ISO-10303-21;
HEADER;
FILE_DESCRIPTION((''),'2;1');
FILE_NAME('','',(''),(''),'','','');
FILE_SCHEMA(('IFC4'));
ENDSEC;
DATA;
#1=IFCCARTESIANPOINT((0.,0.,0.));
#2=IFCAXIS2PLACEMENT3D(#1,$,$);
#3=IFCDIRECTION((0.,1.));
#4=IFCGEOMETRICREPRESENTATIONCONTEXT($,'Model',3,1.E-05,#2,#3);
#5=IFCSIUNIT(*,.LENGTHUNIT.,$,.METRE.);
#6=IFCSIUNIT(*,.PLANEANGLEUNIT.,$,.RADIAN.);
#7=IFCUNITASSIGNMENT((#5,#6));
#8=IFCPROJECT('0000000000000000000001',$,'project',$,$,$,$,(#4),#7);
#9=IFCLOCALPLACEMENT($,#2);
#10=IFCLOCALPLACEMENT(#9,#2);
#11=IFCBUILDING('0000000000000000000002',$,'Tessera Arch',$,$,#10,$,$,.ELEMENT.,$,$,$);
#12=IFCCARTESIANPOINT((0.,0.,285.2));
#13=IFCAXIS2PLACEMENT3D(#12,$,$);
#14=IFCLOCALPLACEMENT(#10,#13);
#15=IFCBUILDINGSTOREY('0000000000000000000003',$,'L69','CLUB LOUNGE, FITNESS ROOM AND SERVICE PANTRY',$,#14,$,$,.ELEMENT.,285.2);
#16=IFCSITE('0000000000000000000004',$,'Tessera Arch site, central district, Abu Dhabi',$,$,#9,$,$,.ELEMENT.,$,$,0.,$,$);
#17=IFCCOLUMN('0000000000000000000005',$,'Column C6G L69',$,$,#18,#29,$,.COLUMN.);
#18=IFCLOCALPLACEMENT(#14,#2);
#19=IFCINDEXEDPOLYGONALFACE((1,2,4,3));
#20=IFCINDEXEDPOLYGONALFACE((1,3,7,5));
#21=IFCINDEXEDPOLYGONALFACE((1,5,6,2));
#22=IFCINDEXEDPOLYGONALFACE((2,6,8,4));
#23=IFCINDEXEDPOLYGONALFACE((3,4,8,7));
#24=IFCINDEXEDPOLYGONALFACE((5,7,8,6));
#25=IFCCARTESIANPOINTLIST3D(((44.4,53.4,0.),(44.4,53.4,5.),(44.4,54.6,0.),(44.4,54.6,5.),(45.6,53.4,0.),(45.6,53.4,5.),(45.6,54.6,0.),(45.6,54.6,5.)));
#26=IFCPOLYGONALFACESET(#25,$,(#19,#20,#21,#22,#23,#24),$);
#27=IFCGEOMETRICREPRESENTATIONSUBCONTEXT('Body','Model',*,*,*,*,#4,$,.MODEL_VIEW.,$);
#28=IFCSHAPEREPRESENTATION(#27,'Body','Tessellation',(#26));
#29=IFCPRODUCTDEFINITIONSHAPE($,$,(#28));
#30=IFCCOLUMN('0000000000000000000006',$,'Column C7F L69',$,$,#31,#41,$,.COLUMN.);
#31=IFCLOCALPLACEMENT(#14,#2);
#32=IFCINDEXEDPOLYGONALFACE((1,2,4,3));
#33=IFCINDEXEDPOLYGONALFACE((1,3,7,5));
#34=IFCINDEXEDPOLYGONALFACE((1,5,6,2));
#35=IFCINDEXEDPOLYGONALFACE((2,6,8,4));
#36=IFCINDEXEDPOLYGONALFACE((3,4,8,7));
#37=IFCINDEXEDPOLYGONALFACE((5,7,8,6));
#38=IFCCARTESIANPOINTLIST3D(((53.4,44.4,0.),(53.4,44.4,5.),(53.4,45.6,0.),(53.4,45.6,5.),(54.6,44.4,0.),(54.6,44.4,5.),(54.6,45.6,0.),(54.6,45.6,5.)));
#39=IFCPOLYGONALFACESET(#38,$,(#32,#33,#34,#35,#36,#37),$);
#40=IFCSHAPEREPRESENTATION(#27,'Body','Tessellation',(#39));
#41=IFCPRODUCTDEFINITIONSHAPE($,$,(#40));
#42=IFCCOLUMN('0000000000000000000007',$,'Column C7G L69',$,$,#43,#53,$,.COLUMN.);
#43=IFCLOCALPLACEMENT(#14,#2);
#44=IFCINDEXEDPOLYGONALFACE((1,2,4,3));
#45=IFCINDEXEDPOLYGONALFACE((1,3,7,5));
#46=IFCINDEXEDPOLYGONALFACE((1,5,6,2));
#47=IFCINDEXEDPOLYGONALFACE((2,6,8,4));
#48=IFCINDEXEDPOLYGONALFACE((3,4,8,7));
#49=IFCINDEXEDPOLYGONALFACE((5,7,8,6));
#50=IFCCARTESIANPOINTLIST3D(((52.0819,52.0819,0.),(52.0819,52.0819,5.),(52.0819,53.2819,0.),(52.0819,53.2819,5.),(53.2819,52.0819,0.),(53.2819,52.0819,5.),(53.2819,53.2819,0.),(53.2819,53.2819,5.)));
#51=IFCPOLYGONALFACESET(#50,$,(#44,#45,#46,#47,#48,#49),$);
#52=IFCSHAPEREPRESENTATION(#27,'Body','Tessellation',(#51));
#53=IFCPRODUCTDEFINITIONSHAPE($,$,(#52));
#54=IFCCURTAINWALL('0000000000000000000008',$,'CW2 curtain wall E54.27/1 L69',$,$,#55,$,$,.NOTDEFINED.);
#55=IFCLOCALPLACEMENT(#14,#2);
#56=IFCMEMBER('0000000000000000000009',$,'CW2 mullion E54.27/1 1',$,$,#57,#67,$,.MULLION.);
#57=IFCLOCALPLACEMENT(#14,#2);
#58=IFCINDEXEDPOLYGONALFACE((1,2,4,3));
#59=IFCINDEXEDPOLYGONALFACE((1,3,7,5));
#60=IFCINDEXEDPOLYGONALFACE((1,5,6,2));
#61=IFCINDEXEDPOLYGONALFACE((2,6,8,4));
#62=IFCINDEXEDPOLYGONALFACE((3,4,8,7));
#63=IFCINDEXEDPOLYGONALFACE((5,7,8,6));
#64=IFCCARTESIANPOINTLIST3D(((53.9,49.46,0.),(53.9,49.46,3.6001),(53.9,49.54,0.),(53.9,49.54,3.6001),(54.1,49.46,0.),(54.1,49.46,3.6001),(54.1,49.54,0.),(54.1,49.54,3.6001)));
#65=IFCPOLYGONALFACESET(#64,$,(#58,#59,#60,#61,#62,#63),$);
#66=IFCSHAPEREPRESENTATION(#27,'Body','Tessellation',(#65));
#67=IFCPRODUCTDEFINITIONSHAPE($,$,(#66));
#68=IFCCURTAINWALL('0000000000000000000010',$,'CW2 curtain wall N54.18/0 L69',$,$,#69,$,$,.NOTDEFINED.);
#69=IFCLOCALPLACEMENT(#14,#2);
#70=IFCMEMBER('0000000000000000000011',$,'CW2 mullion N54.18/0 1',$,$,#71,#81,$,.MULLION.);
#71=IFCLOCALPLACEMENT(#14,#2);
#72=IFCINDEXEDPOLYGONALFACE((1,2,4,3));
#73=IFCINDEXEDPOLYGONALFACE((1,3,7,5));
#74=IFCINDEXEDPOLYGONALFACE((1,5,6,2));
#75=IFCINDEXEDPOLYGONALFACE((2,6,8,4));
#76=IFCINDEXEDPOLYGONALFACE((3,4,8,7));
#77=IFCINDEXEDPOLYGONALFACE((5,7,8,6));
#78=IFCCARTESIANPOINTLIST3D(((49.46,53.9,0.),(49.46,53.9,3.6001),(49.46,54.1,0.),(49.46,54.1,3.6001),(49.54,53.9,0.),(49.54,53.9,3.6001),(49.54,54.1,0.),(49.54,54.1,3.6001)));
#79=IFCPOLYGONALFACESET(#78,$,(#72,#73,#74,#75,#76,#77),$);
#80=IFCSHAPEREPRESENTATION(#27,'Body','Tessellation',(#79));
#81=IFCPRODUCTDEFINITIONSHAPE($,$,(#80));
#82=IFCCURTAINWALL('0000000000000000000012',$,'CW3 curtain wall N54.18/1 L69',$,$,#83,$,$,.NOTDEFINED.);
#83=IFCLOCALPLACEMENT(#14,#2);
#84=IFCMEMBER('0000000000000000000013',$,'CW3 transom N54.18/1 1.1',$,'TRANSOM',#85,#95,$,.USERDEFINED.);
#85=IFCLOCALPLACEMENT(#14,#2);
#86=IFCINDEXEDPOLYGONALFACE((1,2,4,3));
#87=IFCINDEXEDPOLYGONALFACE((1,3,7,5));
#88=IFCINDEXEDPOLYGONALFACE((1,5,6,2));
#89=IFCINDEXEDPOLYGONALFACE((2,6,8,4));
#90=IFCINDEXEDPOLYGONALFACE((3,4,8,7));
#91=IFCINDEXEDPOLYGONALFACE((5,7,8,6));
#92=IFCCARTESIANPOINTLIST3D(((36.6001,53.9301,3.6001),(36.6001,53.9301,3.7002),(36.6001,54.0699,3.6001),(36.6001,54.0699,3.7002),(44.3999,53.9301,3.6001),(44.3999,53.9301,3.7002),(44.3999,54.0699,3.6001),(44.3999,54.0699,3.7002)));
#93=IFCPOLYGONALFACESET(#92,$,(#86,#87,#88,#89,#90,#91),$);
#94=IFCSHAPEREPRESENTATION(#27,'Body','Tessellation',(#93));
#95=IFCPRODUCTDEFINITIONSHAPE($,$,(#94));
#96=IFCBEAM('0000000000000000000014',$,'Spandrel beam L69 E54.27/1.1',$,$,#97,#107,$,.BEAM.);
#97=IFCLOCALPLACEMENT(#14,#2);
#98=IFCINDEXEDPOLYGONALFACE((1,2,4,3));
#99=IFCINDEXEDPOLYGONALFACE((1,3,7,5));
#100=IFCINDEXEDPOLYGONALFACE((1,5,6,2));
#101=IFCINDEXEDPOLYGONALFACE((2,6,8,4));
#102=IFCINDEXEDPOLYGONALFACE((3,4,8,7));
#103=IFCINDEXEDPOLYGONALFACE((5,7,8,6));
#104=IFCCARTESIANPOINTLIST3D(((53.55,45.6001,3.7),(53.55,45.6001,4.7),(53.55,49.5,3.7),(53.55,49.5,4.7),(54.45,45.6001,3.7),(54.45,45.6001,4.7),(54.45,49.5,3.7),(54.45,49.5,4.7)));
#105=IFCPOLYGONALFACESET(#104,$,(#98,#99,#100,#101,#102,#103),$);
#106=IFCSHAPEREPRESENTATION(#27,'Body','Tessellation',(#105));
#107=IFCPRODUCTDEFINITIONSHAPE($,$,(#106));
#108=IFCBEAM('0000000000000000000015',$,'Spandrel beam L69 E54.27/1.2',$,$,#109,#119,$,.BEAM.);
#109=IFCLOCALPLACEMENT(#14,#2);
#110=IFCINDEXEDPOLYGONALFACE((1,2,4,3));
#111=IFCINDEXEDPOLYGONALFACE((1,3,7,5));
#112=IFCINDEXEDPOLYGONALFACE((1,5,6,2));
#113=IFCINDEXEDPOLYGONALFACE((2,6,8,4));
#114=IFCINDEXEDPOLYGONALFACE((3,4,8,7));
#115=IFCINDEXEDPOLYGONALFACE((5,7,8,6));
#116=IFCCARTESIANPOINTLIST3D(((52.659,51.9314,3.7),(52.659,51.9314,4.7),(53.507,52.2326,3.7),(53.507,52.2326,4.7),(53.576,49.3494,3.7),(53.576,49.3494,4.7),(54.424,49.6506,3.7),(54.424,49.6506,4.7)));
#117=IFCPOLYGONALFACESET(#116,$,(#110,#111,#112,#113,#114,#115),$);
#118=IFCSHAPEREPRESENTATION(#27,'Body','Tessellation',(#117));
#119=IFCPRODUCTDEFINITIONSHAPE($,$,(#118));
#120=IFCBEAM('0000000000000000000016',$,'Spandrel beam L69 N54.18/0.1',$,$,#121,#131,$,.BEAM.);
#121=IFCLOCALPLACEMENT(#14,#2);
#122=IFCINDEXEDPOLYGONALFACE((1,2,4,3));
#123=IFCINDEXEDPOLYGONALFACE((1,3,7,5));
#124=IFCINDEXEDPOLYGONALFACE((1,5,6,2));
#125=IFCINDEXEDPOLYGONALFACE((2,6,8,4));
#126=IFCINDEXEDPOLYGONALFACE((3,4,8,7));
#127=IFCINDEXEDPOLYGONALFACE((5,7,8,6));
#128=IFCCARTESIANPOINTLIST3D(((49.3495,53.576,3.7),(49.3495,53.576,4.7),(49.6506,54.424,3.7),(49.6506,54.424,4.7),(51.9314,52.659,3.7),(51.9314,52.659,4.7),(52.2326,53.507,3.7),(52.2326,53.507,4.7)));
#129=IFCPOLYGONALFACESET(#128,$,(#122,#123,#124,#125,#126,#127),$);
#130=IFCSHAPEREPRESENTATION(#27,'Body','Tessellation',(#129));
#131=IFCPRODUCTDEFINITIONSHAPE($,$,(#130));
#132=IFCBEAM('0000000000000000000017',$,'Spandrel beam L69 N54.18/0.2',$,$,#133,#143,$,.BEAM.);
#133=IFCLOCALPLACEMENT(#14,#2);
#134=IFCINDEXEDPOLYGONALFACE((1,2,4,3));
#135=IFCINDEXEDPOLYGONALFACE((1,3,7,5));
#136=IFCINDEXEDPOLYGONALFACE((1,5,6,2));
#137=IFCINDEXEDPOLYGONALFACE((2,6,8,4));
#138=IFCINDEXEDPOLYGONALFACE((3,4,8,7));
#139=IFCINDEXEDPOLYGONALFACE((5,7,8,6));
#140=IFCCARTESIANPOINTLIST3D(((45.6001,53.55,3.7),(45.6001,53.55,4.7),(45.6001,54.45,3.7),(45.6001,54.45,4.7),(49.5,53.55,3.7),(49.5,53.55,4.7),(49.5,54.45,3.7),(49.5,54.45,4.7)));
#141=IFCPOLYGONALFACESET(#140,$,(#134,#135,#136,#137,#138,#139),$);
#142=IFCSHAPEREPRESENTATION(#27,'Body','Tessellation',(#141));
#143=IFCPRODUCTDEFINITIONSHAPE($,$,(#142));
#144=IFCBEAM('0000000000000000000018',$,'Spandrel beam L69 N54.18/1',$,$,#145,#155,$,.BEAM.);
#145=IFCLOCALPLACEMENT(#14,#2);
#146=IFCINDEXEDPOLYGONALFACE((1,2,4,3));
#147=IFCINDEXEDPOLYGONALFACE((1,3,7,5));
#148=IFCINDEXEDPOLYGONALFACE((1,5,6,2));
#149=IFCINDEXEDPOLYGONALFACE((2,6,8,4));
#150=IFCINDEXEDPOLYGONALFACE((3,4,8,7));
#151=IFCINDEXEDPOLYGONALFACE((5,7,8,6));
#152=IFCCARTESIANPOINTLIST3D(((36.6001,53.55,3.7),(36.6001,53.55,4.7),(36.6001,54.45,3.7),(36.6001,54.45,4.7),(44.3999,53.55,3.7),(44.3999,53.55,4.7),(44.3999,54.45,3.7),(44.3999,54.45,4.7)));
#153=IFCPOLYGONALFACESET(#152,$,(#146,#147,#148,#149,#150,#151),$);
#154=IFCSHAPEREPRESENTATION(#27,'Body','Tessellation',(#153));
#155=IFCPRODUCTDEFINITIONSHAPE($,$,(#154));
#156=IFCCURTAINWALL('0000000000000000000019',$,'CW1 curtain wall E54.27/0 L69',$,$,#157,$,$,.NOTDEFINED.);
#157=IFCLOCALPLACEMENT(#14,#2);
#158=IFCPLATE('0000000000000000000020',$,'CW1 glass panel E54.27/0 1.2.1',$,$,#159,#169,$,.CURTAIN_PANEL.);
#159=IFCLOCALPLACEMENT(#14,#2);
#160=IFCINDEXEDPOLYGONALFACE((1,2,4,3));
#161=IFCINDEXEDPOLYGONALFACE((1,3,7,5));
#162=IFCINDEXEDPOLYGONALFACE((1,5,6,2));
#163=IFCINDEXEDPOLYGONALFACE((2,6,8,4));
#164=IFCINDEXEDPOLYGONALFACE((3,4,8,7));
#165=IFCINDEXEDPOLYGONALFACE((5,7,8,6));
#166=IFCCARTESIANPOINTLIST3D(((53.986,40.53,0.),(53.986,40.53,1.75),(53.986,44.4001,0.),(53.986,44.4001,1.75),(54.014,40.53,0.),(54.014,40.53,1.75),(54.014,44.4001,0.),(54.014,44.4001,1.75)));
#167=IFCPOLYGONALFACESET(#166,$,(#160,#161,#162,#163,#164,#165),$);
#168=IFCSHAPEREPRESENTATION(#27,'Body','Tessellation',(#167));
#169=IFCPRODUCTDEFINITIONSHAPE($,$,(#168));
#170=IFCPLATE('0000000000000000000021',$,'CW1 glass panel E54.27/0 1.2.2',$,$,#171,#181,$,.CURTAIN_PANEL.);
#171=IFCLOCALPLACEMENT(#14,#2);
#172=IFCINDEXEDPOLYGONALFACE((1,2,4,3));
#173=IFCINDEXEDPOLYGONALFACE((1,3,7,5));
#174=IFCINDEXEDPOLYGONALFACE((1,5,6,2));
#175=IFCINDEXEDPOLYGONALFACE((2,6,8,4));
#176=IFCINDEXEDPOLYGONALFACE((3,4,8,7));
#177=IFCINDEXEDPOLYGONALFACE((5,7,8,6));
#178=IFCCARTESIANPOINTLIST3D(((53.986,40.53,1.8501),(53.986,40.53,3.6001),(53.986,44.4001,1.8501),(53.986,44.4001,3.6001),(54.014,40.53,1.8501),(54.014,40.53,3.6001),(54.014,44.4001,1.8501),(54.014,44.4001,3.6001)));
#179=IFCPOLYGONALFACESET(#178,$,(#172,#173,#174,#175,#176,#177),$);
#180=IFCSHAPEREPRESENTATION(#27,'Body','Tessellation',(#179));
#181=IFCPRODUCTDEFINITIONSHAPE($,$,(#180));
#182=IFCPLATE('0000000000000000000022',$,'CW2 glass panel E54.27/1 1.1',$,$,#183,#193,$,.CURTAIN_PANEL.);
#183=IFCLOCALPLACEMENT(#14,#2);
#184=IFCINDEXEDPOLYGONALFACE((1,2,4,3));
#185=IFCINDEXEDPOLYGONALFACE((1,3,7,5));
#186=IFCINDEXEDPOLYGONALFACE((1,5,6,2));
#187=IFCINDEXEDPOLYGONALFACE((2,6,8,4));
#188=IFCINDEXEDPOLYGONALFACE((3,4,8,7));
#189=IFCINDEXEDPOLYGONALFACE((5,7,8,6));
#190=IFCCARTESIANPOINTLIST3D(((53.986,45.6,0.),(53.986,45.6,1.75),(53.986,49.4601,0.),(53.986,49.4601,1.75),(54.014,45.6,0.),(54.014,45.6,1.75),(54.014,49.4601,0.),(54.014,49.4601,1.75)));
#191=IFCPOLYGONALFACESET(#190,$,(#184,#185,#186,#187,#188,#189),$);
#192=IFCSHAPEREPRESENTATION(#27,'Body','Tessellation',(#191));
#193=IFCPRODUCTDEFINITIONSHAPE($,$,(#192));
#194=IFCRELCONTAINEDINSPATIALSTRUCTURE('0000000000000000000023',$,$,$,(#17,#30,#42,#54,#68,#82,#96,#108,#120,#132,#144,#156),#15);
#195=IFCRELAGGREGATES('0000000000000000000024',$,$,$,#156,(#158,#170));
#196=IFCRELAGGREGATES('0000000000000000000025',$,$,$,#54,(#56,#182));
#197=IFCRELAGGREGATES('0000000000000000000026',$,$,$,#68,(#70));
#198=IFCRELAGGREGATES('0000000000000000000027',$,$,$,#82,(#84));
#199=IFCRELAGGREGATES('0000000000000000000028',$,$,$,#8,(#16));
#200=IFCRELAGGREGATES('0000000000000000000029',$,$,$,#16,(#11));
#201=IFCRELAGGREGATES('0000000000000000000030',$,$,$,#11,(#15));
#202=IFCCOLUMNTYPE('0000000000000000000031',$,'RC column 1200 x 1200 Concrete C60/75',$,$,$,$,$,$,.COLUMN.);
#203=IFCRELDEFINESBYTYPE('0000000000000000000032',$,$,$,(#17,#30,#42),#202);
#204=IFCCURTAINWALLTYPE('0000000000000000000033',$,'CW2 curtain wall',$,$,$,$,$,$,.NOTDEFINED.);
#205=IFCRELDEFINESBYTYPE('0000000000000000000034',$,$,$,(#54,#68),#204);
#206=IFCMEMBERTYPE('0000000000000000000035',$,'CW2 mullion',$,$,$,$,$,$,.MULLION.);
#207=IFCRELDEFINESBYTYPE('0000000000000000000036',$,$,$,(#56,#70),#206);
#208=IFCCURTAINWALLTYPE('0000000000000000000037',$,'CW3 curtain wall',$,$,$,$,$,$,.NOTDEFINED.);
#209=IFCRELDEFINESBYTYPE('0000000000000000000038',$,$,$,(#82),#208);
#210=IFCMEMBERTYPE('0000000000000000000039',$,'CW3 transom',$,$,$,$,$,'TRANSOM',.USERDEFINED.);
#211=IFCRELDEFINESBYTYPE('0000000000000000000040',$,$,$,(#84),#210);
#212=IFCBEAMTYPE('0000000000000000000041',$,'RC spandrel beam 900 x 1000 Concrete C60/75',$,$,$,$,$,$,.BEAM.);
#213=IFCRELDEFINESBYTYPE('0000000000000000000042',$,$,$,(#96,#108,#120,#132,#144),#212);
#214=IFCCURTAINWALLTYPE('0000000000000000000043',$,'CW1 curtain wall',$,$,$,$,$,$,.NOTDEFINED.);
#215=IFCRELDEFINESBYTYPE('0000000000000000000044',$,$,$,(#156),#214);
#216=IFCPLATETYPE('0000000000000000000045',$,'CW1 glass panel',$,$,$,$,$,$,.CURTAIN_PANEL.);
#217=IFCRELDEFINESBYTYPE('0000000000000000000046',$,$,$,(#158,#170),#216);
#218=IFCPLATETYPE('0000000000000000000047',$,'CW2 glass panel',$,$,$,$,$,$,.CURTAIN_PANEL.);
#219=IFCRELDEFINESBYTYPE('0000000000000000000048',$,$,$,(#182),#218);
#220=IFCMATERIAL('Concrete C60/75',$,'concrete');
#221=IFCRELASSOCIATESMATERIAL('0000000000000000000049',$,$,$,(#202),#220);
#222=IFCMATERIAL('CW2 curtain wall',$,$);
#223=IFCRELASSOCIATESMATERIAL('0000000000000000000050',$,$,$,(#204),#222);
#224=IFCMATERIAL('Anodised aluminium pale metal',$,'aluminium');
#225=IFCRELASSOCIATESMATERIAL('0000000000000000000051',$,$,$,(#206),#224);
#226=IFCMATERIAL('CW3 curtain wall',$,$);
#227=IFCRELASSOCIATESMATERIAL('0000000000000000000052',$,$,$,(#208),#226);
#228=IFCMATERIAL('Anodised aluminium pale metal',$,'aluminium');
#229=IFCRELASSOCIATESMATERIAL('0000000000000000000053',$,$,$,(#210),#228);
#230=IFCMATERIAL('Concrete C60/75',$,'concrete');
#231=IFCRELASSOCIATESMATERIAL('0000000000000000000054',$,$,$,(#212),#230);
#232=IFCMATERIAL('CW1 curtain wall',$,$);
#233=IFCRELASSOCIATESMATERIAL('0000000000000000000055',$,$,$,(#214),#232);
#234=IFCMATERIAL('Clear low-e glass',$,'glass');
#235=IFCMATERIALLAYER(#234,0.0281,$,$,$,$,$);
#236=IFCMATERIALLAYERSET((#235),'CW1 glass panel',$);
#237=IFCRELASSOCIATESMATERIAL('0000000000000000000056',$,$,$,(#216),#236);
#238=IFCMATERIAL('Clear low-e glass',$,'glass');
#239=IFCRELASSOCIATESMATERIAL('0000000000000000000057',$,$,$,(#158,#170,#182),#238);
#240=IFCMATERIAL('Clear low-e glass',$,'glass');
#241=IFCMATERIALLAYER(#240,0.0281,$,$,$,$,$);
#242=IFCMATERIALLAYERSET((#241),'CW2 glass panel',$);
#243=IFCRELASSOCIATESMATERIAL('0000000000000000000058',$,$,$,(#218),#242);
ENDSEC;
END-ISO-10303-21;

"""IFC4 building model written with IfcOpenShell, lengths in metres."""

from ifc_helpers import new_model, si_unit, direction, frame, origin, origin_2d, place, context, subcontext, project, spatial, rectangle, extrude, material, layer, layer_set, material_profile, profile_set, type_object, element, aggregate, save


model = new_model("IFC4")

# Units and contexts
model_context = context("Model", 3, precision=1e-05, world=origin(), true_north=direction((0.0, 1.0)))
body_context = subcontext(model_context, "Body", "Model", "MODEL_VIEW")
ifc_project = project(units=[si_unit("LENGTHUNIT", "METRE"), si_unit("PLANEANGLEUNIT", "RADIAN")], contexts=[model_context])

# Site, building, storey
site_placement = place(None, origin())
site = spatial("IfcSite", under=ifc_project, at=site_placement, Name="Tessera Arch site, central district, Abu Dhabi", CompositionType="ELEMENT", RefElevation=0.0)
building_placement = place(site_placement, origin())
building = spatial("IfcBuilding", under=site, at=building_placement, Name="Tessera Arch", CompositionType="ELEMENT")
storey_placement = place(building_placement, frame((0.0, 0.0, 285.2)))
storey = spatial("IfcBuildingStorey", under=building, at=storey_placement, Name="L69", Description="CLUB LOUNGE, FITNESS ROOM AND SERVICE PANTRY", CompositionType="ELEMENT", Elevation=285.2)

# Columns
ifc_material_1 = material(Name="Concrete C60/75", Category="concrete")
ifc_material_profile_1 = material_profile(ifc_material_1, rectangle(XDim=1.2, YDim=1.2, at=origin_2d()), Name="RC column 1200 x 1200 Concrete C60/75")
ifc_profile_set_1 = profile_set([ifc_material_profile_1], Name="Concrete C60/75")
column_type = type_object("IfcColumnType", Name="RC column 1200 x 1200 Concrete C60/75", PredefinedType="COLUMN", material=ifc_profile_set_1)
for number, where, z_axis, x_axis, name in (
    (1, (45.0, 54.0, 0.0), (0.0, 0.0, 1.0), (1.0, 0.0, 0.0), "Column C6G L69"),
    (2, (54.0, 45.0, 0.0), (0.0, 0.0, 1.0), (1.0, 0.0, 0.0), "Column C7F L69"),
    (3, (52.6819, 52.6819, 0.0), (0.0, 0.0, 1.0), (1.0, 0.0, 0.0), "Column C7G L69"),
):
    element("IfcColumn", number, at=place(storey_placement, frame(where, z_axis=z_axis, x_axis=x_axis)), inside=storey, type_object=column_type, Name=name, PredefinedType="COLUMN", context=body_context, shape_type="SweptSolid", body=[
        extrude(rectangle(XDim=1.2, YDim=1.2, at=origin_2d()), origin(), (0.0, 0.0, 1.0), 5.0),
    ])

# Curtain walls, members
ifc_material_2 = material(Name="CW2 curtain wall")
curtain_wall_type_1 = type_object("IfcCurtainWallType", Name="CW2 curtain wall", PredefinedType="NOTDEFINED", material=ifc_material_2)
curtain_wall_1_placement = place(storey_placement, origin())
curtain_wall_1 = element("IfcCurtainWall", 4, at=curtain_wall_1_placement, inside=storey, type_object=curtain_wall_type_1, Name="CW2 curtain wall E54.27/1 L69", PredefinedType="NOTDEFINED")
ifc_material_3 = material(Name="Anodised aluminium pale metal", Category="aluminium")
ifc_material_profile_2 = material_profile(ifc_material_3, rectangle(XDim=0.2, YDim=0.0801, at=origin_2d()), Name="AL 80x200")
ifc_profile_set_2 = profile_set([ifc_material_profile_2], Name="Anodised aluminium pale metal")
member_type_1 = type_object("IfcMemberType", Name="CW2 mullion", PredefinedType="MULLION", material=ifc_profile_set_2)
member_1_placement = place(storey_placement, frame((54.0, 49.5, 0.0), z_axis=(0.0, 0.0, 1.0), x_axis=(-1.0, 0.0, 0.0)))
member_1 = element("IfcMember", 5, at=member_1_placement, type_object=member_type_1, Name="CW2 mullion E54.27/1 1", PredefinedType="MULLION", context=body_context, shape_type="SweptSolid", body=[
    extrude(rectangle(XDim=0.2, YDim=0.0801, at=origin_2d()), origin(), (0.0, 0.0, 1.0), 3.6001),
])
curtain_wall_2_placement = place(storey_placement, origin())
curtain_wall_2 = element("IfcCurtainWall", 6, at=curtain_wall_2_placement, inside=storey, type_object=curtain_wall_type_1, Name="CW2 curtain wall N54.18/0 L69", PredefinedType="NOTDEFINED")
member_2_placement = place(storey_placement, frame((49.5, 54.0, 0.0), z_axis=(0.0, 0.0, 1.0), x_axis=(0.0, -1.0, 0.0)))
member_2 = element("IfcMember", 7, at=member_2_placement, type_object=member_type_1, Name="CW2 mullion N54.18/0 1", PredefinedType="MULLION", context=body_context, shape_type="SweptSolid", body=[
    extrude(rectangle(XDim=0.2, YDim=0.0801, at=origin_2d()), origin(), (0.0, 0.0, 1.0), 3.6001),
])
ifc_material_4 = material(Name="CW3 curtain wall")
curtain_wall_type_2 = type_object("IfcCurtainWallType", Name="CW3 curtain wall", PredefinedType="NOTDEFINED", material=ifc_material_4)
curtain_wall_3_placement = place(storey_placement, origin())
curtain_wall_3 = element("IfcCurtainWall", 8, at=curtain_wall_3_placement, inside=storey, type_object=curtain_wall_type_2, Name="CW3 curtain wall N54.18/1 L69", PredefinedType="NOTDEFINED")
ifc_material_5 = material(Name="Anodised aluminium pale metal", Category="aluminium")
ifc_material_profile_3 = material_profile(ifc_material_5, rectangle(XDim=0.1399, YDim=0.1001, at=origin_2d()), Name="AL 140x100")
ifc_profile_set_3 = profile_set([ifc_material_profile_3], Name="Anodised aluminium pale metal")
member_type_2 = type_object("IfcMemberType", Name="CW3 transom", ElementType="TRANSOM", PredefinedType="USERDEFINED", material=ifc_profile_set_3)
member_3_placement = place(storey_placement, frame((44.3999, 54.0, 3.6501), z_axis=(-1.0, 0.0, 0.0), x_axis=(0.0, -1.0, 0.0)))
member_3 = element("IfcMember", 9, at=member_3_placement, type_object=member_type_2, Name="CW3 transom N54.18/1 1.1", ObjectType="TRANSOM", PredefinedType="USERDEFINED", context=body_context, shape_type="SweptSolid", body=[
    extrude(rectangle(XDim=0.1399, YDim=0.1001, at=origin_2d()), origin(), (0.0, 0.0, 1.0), 7.7998),
])

# Beams
ifc_material_6 = material(Name="Concrete C60/75", Category="concrete")
ifc_material_profile_4 = material_profile(ifc_material_6, rectangle(XDim=0.8999, YDim=1.0, at=origin_2d()), Name="RC spandrel beam 900 x 1000 Concrete C60/75")
ifc_profile_set_4 = profile_set([ifc_material_profile_4], Name="Concrete C60/75")
beam_type = type_object("IfcBeamType", Name="RC spandrel beam 900 x 1000 Concrete C60/75", PredefinedType="BEAM", material=ifc_profile_set_4)
beam_1_placement = place(storey_placement, frame((54.0, 45.6001, 4.2), z_axis=(0.0, 1.0, 0.0), x_axis=(-1.0, 0.0, 0.0)))
element("IfcBeam", 10, at=beam_1_placement, inside=storey, type_object=beam_type, Name="Spandrel beam L69 E54.27/1.1", PredefinedType="BEAM", context=body_context, shape_type="SweptSolid", body=[
    extrude(rectangle(XDim=0.8999, YDim=1.0, at=origin_2d()), origin(), (0.0, 0.0, 1.0), 3.8999),
])
for number, where, z_axis, x_axis, name in (
    (11, (54.0, 49.5, 4.2), (-0.334665, 0.942337, 0.0), (-0.942337, -0.334665, 0.0), "Spandrel beam L69 E54.27/1.2"),
    (12, (52.082, 53.083, 4.2), (-0.942337, 0.334665, 0.0), (-0.334665, -0.942337, 0.0), "Spandrel beam L69 N54.18/0.1"),
):
    element("IfcBeam", number, at=place(storey_placement, frame(where, z_axis=z_axis, x_axis=x_axis)), inside=storey, type_object=beam_type, Name=name, PredefinedType="BEAM", context=body_context, shape_type="SweptSolid", body=[
        extrude(rectangle(XDim=0.8999, YDim=1.0, at=origin_2d()), origin(), (0.0, 0.0, 1.0), 2.74),
    ])
beam_2_placement = place(storey_placement, frame((49.5, 54.0, 4.2), z_axis=(-1.0, 0.0, 0.0), x_axis=(0.0, -1.0, 0.0)))
element("IfcBeam", 13, at=beam_2_placement, inside=storey, type_object=beam_type, Name="Spandrel beam L69 N54.18/0.2", PredefinedType="BEAM", context=body_context, shape_type="SweptSolid", body=[
    extrude(rectangle(XDim=0.8999, YDim=1.0, at=origin_2d()), origin(), (0.0, 0.0, 1.0), 3.8999),
])
beam_3_placement = place(storey_placement, frame((44.3999, 54.0, 4.2), z_axis=(-1.0, 0.0, 0.0), x_axis=(0.0, -1.0, 0.0)))
element("IfcBeam", 14, at=beam_3_placement, inside=storey, type_object=beam_type, Name="Spandrel beam L69 N54.18/1", PredefinedType="BEAM", context=body_context, shape_type="SweptSolid", body=[
    extrude(rectangle(XDim=0.8999, YDim=1.0, at=origin_2d()), origin(), (0.0, 0.0, 1.0), 7.7998),
])

# Curtain wall, plates
ifc_material_7 = material(Name="CW1 curtain wall")
curtain_wall_type_3 = type_object("IfcCurtainWallType", Name="CW1 curtain wall", PredefinedType="NOTDEFINED", material=ifc_material_7)
curtain_wall_4_placement = place(storey_placement, origin())
curtain_wall_4 = element("IfcCurtainWall", 15, at=curtain_wall_4_placement, inside=storey, type_object=curtain_wall_type_3, Name="CW1 curtain wall E54.27/0 L69", PredefinedType="NOTDEFINED")
ifc_material_8 = material(Name="Clear low-e glass", Category="glass")
ifc_material_9 = material(Name="Clear low-e glass", Category="glass")
ifc_layer_1 = layer(ifc_material_9, 0.0281)
ifc_layer_set_1 = layer_set([ifc_layer_1], Name="CW1 glass panel")
plate_type_1 = type_object("IfcPlateType", Name="CW1 glass panel", PredefinedType="CURTAIN_PANEL", material=ifc_layer_set_1)
plate_1_placement = place(storey_placement, frame((54.0, 42.4651, 0.0), z_axis=(0.0, 0.0, 1.0), x_axis=(0.0, 1.0, 0.0)))
plate_1 = element("IfcPlate", 16, at=plate_1_placement, type_object=plate_type_1, material=ifc_material_8, Name="CW1 glass panel E54.27/0 1.2.1", PredefinedType="CURTAIN_PANEL", context=body_context, shape_type="SweptSolid", body=[
    extrude(rectangle(XDim=3.8701, YDim=0.0281, at=origin_2d()), origin(), (0.0, 0.0, 1.0), 1.75),
])
plate_2_placement = place(storey_placement, frame((54.0, 42.4651, 1.8501), z_axis=(0.0, 0.0, 1.0), x_axis=(0.0, 1.0, 0.0)))
plate_2 = element("IfcPlate", 17, at=plate_2_placement, type_object=plate_type_1, material=ifc_material_8, Name="CW1 glass panel E54.27/0 1.2.2", PredefinedType="CURTAIN_PANEL", context=body_context, shape_type="SweptSolid", body=[
    extrude(rectangle(XDim=3.8701, YDim=0.0281, at=origin_2d()), origin(), (0.0, 0.0, 1.0), 1.75),
])
aggregate(curtain_wall_4, [plate_1, plate_2])

# Plate
ifc_material_10 = material(Name="Clear low-e glass", Category="glass")
ifc_layer_2 = layer(ifc_material_10, 0.0281)
ifc_layer_set_2 = layer_set([ifc_layer_2], Name="CW2 glass panel")
plate_type_2 = type_object("IfcPlateType", Name="CW2 glass panel", PredefinedType="CURTAIN_PANEL", material=ifc_layer_set_2)
plate_3_placement = place(storey_placement, frame((54.0, 47.53, 0.0), z_axis=(0.0, 0.0, 1.0), x_axis=(0.0, 1.0, 0.0)))
plate_3 = element("IfcPlate", 18, at=plate_3_placement, type_object=plate_type_2, material=ifc_material_8, Name="CW2 glass panel E54.27/1 1.1", PredefinedType="CURTAIN_PANEL", context=body_context, shape_type="SweptSolid", body=[
    extrude(rectangle(XDim=3.8601, YDim=0.0281, at=origin_2d()), origin(), (0.0, 0.0, 1.0), 1.75),
])
aggregate(curtain_wall_1, [member_1, plate_3])
aggregate(curtain_wall_2, [member_2])
aggregate(curtain_wall_3, [member_3])

save(model, "model.ifc")
